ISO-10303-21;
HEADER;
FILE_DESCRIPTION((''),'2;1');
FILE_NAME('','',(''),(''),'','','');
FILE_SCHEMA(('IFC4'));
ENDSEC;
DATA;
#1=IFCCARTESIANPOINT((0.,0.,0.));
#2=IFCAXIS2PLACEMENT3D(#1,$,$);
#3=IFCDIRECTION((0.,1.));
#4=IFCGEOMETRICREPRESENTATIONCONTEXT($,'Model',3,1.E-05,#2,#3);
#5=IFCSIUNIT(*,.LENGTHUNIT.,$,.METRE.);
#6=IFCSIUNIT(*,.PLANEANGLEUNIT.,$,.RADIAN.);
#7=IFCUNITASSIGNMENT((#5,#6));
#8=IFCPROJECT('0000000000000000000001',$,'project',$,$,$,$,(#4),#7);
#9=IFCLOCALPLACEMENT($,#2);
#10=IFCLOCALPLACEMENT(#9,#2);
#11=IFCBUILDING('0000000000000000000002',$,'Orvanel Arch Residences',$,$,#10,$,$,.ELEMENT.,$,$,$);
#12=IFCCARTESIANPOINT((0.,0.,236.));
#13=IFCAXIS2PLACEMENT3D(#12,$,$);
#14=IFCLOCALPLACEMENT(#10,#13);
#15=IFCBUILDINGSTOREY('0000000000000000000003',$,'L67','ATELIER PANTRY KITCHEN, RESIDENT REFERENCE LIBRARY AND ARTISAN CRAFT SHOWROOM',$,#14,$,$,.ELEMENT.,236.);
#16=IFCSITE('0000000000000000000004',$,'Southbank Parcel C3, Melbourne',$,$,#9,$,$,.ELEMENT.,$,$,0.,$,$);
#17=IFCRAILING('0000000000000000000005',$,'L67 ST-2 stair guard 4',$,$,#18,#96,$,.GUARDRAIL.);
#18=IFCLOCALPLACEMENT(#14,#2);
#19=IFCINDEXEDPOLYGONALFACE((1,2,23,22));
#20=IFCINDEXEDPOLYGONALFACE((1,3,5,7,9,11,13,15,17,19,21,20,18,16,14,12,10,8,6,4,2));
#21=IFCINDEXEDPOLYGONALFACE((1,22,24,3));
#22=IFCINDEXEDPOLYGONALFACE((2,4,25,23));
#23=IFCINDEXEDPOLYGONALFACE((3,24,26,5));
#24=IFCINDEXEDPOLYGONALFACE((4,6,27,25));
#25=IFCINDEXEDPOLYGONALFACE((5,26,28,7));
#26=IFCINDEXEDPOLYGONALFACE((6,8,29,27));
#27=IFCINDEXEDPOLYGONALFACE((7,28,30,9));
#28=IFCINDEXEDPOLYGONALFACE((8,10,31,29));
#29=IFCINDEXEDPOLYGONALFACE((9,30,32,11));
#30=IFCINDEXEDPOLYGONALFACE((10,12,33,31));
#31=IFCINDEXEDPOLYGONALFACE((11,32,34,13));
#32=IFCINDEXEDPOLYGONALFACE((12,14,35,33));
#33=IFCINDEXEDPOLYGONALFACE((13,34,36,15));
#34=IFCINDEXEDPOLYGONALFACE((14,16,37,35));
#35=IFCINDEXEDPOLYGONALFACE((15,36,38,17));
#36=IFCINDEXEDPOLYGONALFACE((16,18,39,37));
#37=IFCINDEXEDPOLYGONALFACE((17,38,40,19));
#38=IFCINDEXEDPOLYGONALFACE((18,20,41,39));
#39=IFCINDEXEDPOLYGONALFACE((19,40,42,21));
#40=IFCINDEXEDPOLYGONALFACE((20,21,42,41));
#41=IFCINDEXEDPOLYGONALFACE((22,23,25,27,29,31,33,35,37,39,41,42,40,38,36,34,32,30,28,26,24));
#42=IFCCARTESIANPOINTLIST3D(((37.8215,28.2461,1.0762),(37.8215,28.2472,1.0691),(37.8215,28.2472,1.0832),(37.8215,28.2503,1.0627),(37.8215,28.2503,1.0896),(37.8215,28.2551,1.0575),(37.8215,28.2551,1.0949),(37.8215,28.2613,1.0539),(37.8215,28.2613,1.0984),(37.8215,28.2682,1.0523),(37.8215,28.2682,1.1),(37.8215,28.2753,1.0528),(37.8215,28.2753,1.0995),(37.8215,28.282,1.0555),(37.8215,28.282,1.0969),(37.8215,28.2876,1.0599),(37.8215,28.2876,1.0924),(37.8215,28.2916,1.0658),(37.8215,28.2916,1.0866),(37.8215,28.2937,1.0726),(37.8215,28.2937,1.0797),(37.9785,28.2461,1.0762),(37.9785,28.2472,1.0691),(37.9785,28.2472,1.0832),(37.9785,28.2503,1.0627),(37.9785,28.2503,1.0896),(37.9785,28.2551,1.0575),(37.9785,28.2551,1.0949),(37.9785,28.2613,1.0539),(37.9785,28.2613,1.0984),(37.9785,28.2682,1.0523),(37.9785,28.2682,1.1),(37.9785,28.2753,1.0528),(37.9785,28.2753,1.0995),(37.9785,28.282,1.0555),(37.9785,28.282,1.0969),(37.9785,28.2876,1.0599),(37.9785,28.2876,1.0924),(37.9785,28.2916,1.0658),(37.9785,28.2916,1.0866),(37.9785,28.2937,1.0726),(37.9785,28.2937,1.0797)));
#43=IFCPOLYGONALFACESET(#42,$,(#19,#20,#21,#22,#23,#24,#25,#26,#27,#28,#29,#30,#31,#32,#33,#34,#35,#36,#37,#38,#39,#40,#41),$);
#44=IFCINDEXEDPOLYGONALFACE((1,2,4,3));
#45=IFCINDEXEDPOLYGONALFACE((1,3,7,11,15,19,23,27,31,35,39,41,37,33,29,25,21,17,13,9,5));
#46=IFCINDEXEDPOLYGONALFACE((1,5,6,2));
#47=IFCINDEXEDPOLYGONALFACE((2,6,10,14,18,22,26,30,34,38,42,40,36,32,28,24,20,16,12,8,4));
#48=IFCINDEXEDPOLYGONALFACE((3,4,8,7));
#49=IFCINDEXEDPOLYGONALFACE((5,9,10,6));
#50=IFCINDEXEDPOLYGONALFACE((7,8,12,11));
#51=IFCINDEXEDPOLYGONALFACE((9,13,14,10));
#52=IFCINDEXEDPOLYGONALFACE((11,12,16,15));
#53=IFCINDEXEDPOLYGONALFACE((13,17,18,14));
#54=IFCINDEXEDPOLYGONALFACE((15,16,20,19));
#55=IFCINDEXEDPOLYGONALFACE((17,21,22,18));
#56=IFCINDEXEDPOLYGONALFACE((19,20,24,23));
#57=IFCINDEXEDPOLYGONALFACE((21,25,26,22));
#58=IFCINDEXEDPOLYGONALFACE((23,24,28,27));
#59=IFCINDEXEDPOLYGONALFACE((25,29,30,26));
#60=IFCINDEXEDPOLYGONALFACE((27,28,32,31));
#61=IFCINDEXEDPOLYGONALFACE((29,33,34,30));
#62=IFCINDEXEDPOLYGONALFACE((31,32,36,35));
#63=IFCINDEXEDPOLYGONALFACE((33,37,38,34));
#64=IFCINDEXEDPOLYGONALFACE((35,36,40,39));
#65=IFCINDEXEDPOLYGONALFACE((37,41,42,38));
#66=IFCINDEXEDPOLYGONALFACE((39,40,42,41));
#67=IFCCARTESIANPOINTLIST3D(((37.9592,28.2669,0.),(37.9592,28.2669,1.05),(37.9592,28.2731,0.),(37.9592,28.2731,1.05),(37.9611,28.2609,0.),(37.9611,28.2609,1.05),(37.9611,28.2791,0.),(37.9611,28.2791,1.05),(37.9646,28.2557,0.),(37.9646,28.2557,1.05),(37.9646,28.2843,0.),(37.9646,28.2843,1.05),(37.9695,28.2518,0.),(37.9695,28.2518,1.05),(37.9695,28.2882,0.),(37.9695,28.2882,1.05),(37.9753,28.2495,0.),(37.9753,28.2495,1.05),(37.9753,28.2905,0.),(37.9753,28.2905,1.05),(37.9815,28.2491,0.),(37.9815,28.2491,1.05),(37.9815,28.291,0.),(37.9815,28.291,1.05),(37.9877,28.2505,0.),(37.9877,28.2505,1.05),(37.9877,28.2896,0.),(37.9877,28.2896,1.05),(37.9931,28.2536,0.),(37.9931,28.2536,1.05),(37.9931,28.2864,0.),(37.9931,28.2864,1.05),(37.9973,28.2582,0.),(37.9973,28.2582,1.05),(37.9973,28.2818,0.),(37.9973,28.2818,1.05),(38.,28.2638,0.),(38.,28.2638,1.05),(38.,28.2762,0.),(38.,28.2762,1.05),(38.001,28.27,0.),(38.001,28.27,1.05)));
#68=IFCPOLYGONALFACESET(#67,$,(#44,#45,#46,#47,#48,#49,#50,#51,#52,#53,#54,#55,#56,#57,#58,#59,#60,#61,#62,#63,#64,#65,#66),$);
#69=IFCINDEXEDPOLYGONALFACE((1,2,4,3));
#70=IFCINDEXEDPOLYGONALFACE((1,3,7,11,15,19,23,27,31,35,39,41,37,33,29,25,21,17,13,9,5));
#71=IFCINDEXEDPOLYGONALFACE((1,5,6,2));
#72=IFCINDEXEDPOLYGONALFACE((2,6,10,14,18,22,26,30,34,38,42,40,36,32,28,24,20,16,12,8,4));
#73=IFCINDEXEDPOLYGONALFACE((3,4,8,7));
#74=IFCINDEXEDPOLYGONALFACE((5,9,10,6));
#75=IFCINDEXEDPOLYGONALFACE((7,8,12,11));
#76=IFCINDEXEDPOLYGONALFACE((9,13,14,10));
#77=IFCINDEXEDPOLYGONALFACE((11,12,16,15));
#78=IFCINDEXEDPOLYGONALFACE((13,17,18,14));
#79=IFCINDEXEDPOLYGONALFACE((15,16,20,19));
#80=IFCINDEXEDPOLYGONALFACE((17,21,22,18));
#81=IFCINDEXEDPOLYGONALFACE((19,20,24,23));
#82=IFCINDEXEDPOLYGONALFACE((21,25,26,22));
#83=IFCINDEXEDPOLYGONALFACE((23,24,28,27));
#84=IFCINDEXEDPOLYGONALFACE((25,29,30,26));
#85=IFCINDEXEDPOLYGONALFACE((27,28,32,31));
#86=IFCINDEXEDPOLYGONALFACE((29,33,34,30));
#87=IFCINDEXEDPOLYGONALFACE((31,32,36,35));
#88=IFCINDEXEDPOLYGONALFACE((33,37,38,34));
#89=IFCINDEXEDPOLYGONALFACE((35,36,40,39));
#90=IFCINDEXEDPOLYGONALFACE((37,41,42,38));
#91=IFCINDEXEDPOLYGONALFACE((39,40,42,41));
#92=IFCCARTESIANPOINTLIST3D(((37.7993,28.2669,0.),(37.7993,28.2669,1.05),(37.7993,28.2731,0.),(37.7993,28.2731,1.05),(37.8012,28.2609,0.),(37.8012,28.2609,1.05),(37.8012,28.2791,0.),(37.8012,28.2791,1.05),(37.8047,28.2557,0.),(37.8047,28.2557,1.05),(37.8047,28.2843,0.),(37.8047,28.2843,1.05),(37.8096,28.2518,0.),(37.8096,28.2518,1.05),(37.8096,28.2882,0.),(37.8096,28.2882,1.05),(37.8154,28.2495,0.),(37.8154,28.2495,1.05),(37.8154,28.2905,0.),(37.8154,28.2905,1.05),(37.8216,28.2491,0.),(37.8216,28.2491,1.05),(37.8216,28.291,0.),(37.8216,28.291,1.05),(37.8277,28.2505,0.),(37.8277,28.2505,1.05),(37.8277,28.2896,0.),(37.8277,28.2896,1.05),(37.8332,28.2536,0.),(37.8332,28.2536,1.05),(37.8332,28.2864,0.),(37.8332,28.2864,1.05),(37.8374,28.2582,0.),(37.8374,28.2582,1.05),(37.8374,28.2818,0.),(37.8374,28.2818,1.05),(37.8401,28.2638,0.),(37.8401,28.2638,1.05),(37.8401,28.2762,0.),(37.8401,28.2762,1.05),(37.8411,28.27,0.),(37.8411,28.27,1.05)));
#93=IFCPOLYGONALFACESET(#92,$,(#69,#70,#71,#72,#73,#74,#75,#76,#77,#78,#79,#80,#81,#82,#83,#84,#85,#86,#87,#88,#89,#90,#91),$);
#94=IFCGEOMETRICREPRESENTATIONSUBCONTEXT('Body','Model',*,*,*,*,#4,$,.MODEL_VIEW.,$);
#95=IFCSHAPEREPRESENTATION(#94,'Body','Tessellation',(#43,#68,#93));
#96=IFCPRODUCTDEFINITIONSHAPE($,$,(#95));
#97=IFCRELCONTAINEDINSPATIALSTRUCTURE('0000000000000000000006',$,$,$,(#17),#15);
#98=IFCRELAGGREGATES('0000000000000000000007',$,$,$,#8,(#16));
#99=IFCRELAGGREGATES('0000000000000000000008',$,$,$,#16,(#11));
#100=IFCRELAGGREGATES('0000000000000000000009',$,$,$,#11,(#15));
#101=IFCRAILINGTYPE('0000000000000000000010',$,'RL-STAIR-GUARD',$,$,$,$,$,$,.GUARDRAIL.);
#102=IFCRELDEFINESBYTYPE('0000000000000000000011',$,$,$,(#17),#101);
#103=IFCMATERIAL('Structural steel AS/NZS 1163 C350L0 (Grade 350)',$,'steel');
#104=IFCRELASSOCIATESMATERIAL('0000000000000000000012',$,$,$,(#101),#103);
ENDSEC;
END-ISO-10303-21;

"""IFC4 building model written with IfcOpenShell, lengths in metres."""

from ifc_helpers import new_model, si_unit, direction, frame, origin, origin_2d, place, context, subcontext, project, spatial, circle, extrude, material, type_object, element, save


model = new_model("IFC4")

# Units and contexts
model_context = context("Model", 3, precision=1e-05, world=origin(), true_north=direction((0.0, 1.0)))
body_context = subcontext(model_context, "Body", "Model", "MODEL_VIEW")
ifc_project = project(units=[si_unit("LENGTHUNIT", "METRE"), si_unit("PLANEANGLEUNIT", "RADIAN")], contexts=[model_context])

# Site, building, storey
site_placement = place(None, origin())
site = spatial("IfcSite", under=ifc_project, at=site_placement, Name="Southbank Parcel C3, Melbourne", CompositionType="ELEMENT", RefElevation=0.0)
building_placement = place(site_placement, origin())
building = spatial("IfcBuilding", under=site, at=building_placement, Name="Orvanel Arch Residences", CompositionType="ELEMENT")
storey_placement = place(building_placement, frame((0.0, 0.0, 236.0)))
storey = spatial("IfcBuildingStorey", under=building, at=storey_placement, Name="L67", Description="ATELIER PANTRY KITCHEN, RESIDENT REFERENCE LIBRARY AND ARTISAN CRAFT SHOWROOM", CompositionType="ELEMENT", Elevation=236.0)

# Railing
ifc_material_1 = material(Name="Structural steel AS/NZS 1163 C350L0 (Grade 350)", Category="steel")
railing_type_1 = type_object("IfcRailingType", Name="RL-STAIR-GUARD", PredefinedType="GUARDRAIL", material=ifc_material_1)
railing_1_placement = place(storey_placement, frame((37.98, 28.27, 0.0)))
element("IfcRailing", 1, at=railing_1_placement, inside=storey, type_object=railing_type_1, Name="L67 ST-2 stair guard 4", PredefinedType="GUARDRAIL", context=body_context, shape_type="SweptSolid", body=[
    extrude(circle(Radius=0.0239, at=origin_2d()), frame((-0.0015, 0.0, 1.0762), z_axis=(-1.0, 0.0, 0.0), x_axis=(0.0, -1.0, 0.0)), (0.0, 0.0, 1.0), 0.157),
    extrude(circle(Radius=0.021, at=origin_2d()), origin(), (0.0, 0.0, 1.0), 1.05),
    extrude(circle(Radius=0.021, at=origin_2d()), frame((-0.1599, 0.0, 0.0)), (0.0, 0.0, 1.0), 1.05),
])

save(model, "model.ifc")
